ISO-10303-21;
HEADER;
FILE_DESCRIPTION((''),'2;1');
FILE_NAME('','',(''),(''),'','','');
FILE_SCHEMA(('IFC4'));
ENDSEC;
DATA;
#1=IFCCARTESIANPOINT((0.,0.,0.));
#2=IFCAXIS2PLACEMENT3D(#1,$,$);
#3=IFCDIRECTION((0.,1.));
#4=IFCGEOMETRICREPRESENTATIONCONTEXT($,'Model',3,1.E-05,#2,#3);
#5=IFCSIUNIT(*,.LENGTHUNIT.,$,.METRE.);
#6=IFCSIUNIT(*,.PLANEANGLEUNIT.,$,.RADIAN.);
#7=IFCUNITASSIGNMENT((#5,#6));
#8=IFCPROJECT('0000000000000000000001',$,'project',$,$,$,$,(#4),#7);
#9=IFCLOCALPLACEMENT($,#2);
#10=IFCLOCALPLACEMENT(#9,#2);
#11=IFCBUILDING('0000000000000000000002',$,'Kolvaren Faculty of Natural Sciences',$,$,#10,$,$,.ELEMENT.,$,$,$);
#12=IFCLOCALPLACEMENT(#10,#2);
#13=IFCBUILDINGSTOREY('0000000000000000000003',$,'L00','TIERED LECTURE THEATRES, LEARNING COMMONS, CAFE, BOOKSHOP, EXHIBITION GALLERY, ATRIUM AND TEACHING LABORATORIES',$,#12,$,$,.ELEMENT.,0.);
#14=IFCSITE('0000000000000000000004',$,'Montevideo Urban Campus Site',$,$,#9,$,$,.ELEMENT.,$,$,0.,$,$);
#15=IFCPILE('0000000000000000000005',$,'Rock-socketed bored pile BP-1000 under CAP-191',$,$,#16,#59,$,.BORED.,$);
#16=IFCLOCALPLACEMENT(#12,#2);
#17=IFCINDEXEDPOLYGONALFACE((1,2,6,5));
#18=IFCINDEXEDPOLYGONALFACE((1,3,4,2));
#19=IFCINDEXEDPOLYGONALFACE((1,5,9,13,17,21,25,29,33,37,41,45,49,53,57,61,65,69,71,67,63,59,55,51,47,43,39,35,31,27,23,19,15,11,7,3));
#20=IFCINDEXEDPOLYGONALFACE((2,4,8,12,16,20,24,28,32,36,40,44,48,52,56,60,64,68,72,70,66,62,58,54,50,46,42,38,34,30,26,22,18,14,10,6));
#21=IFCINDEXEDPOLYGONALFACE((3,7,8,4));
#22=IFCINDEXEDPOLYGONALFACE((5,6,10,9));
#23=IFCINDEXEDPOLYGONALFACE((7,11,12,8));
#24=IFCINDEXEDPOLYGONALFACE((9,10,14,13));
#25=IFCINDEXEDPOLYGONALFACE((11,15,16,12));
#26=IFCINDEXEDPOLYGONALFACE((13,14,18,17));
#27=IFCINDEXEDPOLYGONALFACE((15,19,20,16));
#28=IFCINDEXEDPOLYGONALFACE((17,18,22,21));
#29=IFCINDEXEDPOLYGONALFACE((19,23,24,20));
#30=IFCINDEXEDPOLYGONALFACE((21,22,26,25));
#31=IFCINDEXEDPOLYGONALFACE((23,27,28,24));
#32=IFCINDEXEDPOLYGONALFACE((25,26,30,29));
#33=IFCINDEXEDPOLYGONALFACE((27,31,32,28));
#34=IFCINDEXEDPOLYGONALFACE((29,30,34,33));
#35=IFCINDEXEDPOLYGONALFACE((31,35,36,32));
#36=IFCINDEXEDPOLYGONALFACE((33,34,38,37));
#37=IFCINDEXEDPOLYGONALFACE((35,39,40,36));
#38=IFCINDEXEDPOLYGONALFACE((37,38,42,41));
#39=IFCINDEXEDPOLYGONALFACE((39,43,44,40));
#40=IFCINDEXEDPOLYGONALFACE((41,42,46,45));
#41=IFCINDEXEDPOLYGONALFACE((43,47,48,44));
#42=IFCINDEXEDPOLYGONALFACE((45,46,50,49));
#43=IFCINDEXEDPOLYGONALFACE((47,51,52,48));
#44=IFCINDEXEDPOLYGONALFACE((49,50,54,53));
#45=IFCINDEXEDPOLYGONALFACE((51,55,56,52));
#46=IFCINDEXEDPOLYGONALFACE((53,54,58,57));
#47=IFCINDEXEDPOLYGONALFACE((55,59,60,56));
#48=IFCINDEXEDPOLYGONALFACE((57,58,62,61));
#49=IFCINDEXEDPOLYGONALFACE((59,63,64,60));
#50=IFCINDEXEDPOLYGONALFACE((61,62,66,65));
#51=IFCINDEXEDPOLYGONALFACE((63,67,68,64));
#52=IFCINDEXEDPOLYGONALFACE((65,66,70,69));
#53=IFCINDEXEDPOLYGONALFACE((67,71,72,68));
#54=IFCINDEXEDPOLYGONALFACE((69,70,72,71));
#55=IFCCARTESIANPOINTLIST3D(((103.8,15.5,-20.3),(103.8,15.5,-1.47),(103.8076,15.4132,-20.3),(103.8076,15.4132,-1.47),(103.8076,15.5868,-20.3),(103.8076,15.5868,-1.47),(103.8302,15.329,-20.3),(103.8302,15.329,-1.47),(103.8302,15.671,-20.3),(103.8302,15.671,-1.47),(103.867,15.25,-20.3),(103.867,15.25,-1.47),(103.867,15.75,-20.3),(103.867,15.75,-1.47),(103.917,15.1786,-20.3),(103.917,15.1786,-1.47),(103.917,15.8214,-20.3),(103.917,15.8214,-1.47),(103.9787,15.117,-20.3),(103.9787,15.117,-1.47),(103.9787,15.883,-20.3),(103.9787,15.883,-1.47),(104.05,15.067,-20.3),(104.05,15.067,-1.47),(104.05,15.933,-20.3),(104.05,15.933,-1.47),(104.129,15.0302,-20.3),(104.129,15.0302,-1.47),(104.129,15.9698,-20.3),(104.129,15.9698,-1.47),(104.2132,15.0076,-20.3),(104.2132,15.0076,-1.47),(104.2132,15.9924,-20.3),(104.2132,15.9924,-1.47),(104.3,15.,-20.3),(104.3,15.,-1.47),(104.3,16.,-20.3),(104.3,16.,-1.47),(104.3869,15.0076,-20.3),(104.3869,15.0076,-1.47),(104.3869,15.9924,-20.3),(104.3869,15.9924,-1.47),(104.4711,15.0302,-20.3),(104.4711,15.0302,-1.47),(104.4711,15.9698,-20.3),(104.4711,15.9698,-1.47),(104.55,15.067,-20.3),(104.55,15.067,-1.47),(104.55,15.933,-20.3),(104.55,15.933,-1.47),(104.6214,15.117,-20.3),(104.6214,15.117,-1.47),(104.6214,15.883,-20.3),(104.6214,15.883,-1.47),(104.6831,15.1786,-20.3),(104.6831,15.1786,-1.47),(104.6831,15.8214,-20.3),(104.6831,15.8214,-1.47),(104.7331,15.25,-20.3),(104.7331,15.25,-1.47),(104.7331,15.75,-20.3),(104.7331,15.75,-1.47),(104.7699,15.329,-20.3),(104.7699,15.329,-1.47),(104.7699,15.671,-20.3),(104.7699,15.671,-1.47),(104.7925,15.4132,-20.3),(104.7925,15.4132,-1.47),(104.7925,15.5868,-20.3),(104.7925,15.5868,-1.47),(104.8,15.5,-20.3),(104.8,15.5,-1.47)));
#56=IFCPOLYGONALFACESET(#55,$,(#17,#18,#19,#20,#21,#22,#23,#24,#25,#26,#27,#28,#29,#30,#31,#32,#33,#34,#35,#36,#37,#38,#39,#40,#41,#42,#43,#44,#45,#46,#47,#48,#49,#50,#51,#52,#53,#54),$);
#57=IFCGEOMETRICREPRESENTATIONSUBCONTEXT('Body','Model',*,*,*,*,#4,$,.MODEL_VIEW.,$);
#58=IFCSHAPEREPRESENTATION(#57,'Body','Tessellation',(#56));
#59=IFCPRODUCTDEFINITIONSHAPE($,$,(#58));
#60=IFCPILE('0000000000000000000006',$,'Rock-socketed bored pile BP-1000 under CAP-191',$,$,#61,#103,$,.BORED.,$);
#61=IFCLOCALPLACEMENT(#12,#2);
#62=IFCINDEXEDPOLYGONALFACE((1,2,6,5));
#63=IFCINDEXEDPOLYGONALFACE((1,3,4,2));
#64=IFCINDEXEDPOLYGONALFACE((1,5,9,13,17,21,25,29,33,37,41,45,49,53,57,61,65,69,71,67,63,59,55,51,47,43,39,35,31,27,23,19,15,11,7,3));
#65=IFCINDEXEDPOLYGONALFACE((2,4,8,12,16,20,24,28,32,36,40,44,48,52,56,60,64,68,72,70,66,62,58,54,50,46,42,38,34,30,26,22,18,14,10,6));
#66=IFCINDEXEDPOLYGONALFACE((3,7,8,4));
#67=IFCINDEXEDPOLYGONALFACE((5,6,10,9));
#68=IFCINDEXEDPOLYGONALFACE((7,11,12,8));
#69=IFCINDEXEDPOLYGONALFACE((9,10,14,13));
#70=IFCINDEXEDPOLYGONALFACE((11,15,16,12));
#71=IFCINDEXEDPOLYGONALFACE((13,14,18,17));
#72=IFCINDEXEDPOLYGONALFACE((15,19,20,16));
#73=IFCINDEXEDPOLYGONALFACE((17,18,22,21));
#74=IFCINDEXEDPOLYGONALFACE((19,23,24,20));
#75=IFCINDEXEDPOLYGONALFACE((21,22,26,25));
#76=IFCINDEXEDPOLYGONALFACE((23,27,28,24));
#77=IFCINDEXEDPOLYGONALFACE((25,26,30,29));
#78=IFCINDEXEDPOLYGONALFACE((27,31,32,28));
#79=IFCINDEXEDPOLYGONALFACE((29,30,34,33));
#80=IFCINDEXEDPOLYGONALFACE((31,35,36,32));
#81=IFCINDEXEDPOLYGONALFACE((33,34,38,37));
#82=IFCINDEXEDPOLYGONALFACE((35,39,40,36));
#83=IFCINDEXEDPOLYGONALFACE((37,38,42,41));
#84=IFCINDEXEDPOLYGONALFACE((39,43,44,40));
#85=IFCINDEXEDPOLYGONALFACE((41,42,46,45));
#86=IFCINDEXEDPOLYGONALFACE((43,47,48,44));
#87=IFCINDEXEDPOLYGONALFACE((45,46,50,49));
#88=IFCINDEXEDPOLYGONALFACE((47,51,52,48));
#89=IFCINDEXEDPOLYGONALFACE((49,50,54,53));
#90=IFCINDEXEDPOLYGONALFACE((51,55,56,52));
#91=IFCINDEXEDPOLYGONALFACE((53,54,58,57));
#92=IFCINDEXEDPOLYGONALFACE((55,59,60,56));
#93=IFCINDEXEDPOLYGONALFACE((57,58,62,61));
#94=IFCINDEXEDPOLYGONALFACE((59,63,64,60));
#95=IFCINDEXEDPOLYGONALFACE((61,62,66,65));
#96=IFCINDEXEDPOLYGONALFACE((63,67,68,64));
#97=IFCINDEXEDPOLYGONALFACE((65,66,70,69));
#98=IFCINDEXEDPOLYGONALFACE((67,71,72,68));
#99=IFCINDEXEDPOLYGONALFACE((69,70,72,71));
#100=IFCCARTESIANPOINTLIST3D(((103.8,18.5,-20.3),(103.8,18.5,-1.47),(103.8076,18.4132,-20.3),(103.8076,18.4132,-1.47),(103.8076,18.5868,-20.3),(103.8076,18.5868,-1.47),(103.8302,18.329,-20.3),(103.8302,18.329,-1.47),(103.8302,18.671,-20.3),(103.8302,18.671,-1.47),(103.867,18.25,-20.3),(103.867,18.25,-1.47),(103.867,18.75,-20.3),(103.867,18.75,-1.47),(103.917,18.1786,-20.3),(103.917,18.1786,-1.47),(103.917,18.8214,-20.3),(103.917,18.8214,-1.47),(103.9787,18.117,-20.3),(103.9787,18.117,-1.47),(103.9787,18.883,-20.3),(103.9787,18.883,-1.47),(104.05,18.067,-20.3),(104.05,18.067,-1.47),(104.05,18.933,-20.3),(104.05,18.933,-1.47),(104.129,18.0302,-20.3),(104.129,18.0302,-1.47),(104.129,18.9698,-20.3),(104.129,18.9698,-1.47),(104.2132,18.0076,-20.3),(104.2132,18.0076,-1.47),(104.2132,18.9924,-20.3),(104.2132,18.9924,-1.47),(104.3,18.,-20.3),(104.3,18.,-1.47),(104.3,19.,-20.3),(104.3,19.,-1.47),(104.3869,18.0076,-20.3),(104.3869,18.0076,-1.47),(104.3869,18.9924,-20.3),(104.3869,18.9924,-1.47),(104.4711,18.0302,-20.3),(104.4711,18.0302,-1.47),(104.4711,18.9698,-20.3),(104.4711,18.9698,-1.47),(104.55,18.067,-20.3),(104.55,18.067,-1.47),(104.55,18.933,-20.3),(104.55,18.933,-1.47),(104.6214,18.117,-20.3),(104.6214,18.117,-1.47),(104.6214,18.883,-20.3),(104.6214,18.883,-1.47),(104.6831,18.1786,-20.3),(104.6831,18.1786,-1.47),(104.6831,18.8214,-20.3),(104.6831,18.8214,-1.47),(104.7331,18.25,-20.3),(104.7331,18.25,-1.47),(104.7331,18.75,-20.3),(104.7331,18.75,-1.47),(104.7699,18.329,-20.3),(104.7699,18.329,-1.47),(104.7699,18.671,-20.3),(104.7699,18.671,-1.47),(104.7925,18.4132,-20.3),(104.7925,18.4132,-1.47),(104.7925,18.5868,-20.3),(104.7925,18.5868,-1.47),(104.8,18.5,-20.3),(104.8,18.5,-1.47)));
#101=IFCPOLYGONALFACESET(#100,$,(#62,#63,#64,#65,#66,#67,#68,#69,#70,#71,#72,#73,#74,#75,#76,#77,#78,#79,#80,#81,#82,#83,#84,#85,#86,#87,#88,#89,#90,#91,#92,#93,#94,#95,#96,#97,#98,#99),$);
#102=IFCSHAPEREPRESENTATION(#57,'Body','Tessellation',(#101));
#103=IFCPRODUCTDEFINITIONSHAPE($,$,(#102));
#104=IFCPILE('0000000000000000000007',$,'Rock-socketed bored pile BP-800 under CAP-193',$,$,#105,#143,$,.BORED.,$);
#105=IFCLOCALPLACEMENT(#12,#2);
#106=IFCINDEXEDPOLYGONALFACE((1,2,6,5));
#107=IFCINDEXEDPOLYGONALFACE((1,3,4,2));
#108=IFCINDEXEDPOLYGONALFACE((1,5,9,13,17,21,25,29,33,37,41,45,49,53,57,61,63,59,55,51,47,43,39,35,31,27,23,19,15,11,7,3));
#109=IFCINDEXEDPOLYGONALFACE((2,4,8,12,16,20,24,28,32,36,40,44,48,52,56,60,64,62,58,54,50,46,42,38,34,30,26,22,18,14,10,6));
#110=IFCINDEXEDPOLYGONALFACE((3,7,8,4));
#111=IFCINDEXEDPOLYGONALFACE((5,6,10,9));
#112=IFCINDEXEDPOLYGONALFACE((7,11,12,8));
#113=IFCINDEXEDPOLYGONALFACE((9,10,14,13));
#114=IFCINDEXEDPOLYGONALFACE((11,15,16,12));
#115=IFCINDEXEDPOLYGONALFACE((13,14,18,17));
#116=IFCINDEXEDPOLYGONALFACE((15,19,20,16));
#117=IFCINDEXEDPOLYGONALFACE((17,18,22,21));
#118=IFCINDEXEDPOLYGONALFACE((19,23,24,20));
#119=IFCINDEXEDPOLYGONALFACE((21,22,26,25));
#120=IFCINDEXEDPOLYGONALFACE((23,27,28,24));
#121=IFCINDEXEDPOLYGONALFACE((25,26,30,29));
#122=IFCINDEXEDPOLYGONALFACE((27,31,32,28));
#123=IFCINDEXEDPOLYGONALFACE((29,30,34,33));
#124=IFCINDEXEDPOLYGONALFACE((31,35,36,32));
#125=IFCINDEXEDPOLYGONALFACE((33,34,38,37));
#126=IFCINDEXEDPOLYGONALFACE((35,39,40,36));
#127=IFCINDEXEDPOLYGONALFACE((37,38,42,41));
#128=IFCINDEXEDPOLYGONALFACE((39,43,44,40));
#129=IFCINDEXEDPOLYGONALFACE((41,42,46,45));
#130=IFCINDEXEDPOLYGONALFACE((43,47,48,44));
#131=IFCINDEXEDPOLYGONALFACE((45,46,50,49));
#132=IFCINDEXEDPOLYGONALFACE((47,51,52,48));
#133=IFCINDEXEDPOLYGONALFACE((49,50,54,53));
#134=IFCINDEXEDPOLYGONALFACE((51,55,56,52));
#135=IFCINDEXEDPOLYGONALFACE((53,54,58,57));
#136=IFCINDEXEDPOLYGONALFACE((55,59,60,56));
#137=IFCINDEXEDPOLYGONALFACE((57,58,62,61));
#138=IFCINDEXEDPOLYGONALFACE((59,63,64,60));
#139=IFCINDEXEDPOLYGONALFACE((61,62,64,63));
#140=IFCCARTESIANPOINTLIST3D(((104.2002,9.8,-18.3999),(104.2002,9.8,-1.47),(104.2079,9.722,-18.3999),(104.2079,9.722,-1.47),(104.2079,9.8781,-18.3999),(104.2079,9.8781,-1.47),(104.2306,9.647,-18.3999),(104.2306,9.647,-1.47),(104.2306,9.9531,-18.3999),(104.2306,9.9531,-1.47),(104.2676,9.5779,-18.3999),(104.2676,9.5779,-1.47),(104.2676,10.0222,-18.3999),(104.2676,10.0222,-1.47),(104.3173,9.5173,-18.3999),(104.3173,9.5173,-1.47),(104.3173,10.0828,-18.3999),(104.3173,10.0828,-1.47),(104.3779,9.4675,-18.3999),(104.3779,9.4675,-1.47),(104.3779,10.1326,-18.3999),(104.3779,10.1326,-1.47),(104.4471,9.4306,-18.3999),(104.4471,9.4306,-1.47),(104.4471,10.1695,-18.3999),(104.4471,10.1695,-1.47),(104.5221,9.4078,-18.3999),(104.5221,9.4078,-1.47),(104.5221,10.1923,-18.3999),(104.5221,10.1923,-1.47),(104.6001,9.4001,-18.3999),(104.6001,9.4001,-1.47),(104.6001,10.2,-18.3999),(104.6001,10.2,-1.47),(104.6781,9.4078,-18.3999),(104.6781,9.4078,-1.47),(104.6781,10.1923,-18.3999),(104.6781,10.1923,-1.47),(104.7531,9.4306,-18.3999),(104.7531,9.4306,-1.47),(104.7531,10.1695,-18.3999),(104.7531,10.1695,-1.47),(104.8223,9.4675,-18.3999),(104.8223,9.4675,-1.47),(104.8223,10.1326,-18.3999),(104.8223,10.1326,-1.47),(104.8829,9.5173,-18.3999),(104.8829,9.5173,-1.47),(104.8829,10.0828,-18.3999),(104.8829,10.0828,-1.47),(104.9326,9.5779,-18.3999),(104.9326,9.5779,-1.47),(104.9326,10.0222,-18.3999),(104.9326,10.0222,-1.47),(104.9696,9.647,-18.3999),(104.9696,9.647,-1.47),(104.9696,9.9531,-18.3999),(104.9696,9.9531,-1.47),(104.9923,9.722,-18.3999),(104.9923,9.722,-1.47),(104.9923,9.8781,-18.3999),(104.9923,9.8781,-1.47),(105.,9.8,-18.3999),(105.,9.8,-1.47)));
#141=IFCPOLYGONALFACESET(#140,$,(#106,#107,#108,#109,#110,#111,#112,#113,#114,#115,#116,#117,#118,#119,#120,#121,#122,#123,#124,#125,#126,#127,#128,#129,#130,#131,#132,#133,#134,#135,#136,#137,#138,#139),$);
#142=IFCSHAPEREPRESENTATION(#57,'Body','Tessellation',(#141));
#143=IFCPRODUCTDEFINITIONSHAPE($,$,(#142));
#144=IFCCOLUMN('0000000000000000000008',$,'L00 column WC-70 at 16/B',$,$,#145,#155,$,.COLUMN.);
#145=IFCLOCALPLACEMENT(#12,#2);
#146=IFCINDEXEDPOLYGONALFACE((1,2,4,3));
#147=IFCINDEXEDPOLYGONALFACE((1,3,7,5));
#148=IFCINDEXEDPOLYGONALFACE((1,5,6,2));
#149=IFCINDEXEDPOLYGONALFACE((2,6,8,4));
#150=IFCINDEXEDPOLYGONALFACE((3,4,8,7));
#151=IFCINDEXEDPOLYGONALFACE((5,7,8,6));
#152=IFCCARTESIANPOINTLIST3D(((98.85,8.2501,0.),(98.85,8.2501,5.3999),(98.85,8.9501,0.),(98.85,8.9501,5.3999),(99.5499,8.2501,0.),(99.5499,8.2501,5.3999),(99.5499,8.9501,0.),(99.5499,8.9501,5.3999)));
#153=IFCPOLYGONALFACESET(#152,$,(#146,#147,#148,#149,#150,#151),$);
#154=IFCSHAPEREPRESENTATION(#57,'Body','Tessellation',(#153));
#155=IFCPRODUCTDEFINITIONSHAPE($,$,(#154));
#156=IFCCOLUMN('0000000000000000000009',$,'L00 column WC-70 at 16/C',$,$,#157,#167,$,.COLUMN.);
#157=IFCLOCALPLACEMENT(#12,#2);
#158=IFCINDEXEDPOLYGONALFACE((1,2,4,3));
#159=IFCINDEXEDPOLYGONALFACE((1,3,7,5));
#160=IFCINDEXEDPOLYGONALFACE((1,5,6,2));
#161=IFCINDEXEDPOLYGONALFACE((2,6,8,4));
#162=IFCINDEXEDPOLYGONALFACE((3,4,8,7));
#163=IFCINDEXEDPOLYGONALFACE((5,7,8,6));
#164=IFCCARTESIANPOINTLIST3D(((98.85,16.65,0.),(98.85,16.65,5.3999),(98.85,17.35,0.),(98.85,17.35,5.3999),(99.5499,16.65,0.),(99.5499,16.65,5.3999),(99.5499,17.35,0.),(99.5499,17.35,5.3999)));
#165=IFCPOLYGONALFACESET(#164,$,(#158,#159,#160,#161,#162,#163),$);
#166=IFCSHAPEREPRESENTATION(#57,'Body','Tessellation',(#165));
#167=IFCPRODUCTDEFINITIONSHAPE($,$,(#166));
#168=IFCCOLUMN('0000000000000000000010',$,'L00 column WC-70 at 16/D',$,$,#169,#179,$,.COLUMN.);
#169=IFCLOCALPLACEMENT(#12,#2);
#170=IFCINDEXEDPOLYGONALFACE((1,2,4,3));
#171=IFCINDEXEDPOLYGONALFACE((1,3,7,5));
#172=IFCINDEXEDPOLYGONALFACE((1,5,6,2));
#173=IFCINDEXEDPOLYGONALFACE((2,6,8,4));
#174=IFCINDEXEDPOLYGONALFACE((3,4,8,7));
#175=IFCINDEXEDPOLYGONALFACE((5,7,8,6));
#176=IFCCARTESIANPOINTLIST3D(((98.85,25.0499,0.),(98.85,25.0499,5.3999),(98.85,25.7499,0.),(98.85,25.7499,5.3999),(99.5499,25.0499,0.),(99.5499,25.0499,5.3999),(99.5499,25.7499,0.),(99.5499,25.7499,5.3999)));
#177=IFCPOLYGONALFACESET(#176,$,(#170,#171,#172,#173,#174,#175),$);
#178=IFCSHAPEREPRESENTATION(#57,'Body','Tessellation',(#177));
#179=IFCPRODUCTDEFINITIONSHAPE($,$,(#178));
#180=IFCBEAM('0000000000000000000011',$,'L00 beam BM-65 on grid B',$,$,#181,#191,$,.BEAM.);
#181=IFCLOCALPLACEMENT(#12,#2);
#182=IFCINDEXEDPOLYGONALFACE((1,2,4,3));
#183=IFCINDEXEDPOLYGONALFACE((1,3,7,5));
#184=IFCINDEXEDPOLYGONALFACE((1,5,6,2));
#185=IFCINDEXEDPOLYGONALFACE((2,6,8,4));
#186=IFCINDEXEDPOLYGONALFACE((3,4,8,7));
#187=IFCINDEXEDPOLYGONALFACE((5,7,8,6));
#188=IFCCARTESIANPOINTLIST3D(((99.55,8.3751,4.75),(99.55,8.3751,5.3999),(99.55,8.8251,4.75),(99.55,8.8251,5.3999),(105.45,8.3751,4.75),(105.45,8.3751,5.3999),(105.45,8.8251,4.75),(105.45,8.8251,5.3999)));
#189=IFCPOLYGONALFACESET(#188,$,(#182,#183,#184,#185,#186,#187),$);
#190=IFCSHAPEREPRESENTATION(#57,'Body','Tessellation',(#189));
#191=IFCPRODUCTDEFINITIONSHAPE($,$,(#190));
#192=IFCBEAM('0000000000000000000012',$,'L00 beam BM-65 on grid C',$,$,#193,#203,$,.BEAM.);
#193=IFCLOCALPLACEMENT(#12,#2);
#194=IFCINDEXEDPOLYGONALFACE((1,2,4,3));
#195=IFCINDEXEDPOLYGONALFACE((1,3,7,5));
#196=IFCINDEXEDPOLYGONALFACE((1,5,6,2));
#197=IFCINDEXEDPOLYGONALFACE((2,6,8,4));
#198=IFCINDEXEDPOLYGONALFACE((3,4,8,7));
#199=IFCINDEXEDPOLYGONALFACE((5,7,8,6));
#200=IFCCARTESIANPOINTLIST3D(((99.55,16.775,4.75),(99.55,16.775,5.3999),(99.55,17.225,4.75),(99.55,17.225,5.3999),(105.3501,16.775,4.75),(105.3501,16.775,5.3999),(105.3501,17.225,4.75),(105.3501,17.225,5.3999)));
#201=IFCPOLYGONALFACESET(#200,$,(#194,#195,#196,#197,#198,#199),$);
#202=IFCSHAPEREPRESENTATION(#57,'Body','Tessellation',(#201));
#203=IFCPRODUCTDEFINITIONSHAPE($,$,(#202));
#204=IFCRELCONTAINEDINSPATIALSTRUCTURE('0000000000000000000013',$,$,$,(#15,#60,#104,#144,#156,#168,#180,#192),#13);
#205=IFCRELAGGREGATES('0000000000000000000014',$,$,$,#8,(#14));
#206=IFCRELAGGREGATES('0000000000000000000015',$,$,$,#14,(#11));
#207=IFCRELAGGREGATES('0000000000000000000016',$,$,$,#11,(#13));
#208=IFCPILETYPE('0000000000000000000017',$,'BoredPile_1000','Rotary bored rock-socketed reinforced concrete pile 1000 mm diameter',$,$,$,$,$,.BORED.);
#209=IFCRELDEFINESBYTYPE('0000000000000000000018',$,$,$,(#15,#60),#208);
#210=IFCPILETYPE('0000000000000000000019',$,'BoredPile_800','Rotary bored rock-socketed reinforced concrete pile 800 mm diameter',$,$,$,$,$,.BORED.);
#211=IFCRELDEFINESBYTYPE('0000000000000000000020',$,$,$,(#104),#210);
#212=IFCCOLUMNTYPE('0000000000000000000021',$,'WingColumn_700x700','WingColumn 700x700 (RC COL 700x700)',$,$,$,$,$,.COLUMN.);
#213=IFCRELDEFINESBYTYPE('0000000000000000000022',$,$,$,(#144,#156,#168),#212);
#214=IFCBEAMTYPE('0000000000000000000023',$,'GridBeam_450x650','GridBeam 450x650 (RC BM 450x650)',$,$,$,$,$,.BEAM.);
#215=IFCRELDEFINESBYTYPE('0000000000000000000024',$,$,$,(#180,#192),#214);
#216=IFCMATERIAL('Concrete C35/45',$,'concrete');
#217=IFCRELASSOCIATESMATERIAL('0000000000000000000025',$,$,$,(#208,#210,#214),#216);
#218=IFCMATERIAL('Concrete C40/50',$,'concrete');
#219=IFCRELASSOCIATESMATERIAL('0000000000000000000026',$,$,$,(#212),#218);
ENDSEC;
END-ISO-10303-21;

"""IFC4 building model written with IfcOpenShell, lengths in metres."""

from ifc_helpers import new_model, si_unit, direction, frame, origin, origin_2d, place, context, subcontext, project, spatial, rectangle, circle, extrude, material, material_profile, profile_set, type_object, element, save


model = new_model("IFC4")

# Units and contexts
model_context = context("Model", 3, precision=1e-05, world=origin(), true_north=direction((0.0, 1.0)))
body_context = subcontext(model_context, "Body", "Model", "MODEL_VIEW")
ifc_project = project(units=[si_unit("LENGTHUNIT", "METRE"), si_unit("PLANEANGLEUNIT", "RADIAN")], contexts=[model_context])

# Site, building, storey
site_placement = place(None, origin())
site = spatial("IfcSite", under=ifc_project, at=site_placement, Name="Montevideo Urban Campus Site", CompositionType="ELEMENT", RefElevation=0.0)
building_placement = place(site_placement, origin())
building = spatial("IfcBuilding", under=site, at=building_placement, Name="Kolvaren Faculty of Natural Sciences", CompositionType="ELEMENT")
storey_placement = place(building_placement, origin())
storey = spatial("IfcBuildingStorey", under=building, at=storey_placement, Name="L00", Description="TIERED LECTURE THEATRES, LEARNING COMMONS, CAFE, BOOKSHOP, EXHIBITION GALLERY, ATRIUM AND TEACHING LABORATORIES", CompositionType="ELEMENT", Elevation=0.0)

# Piles
ifc_material_1 = material(Name="Concrete C35/45", Category="concrete")
ifc_material_profile_1 = material_profile(ifc_material_1, circle(Radius=0.5, at=origin_2d()), Name="PILE D1000")
ifc_profile_set_1 = profile_set([ifc_material_profile_1], Name="Concrete C35/45")
pile_type_1 = type_object("IfcPileType", Name="BoredPile_1000", Description="Rotary bored rock-socketed reinforced concrete pile 1000 mm diameter", PredefinedType="BORED", material=ifc_profile_set_1)
for number, where, z_axis, x_axis, name in (
    (1, (104.3, 15.5, -1.47), (0.0, 0.0, -1.0), (1.0, 0.0, 0.0), "Rock-socketed bored pile BP-1000 under CAP-191"),
    (2, (104.3, 18.5, -1.47), (0.0, 0.0, -1.0), (1.0, 0.0, 0.0), "Rock-socketed bored pile BP-1000 under CAP-191"),
):
    element("IfcPile", number, at=place(storey_placement, frame(where, z_axis=z_axis, x_axis=x_axis)), inside=storey, type_object=pile_type_1, Name=name, PredefinedType="BORED", context=body_context, shape_type="SweptSolid", body=[
        extrude(circle(Radius=0.5, at=origin_2d()), origin(), (0.0, 0.0, 1.0), 18.8301),
    ])
ifc_material_profile_2 = material_profile(ifc_material_1, circle(Radius=0.3999, at=origin_2d()), Name="PILE D800")
ifc_profile_set_2 = profile_set([ifc_material_profile_2], Name="Concrete C35/45")
pile_type_2 = type_object("IfcPileType", Name="BoredPile_800", Description="Rotary bored rock-socketed reinforced concrete pile 800 mm diameter", PredefinedType="BORED", material=ifc_profile_set_2)
pile_placement = place(storey_placement, frame((104.6001, 9.8, -1.47), z_axis=(0.0, 0.0, -1.0), x_axis=(1.0, 0.0, 0.0)))
element("IfcPile", 3, at=pile_placement, inside=storey, type_object=pile_type_2, Name="Rock-socketed bored pile BP-800 under CAP-193", PredefinedType="BORED", context=body_context, shape_type="SweptSolid", body=[
    extrude(circle(Radius=0.3999, at=origin_2d()), origin(), (0.0, 0.0, 1.0), 16.9299),
])

# Columns
ifc_material_2 = material(Name="Concrete C40/50", Category="concrete")
ifc_material_profile_3 = material_profile(ifc_material_2, rectangle(XDim=0.7, YDim=0.7, at=origin_2d()), Name="RC COL 700x700")
ifc_profile_set_3 = profile_set([ifc_material_profile_3], Name="Concrete C40/50")
column_type = type_object("IfcColumnType", Name="WingColumn_700x700", Description="WingColumn 700x700 (RC COL 700x700)", PredefinedType="COLUMN", material=ifc_profile_set_3)
for number, where, z_axis, x_axis, name in (
    (4, (99.2, 8.6001, 0.0), (0.0, 0.0, 1.0), (1.0, 0.0, 0.0), "L00 column WC-70 at 16/B"),
    (5, (99.2, 17.0, 0.0), (0.0, 0.0, 1.0), (1.0, 0.0, 0.0), "L00 column WC-70 at 16/C"),
    (6, (99.2, 25.3999, 0.0), (0.0, 0.0, 1.0), (1.0, 0.0, 0.0), "L00 column WC-70 at 16/D"),
):
    element("IfcColumn", number, at=place(storey_placement, frame(where, z_axis=z_axis, x_axis=x_axis)), inside=storey, type_object=column_type, Name=name, PredefinedType="COLUMN", context=body_context, shape_type="SweptSolid", body=[
        extrude(rectangle(XDim=0.7, YDim=0.7, at=origin_2d()), origin(), (0.0, 0.0, 1.0), 5.3999),
    ])

# Beams
ifc_material_profile_4 = material_profile(ifc_material_1, rectangle(XDim=0.45, YDim=0.6499, at=origin_2d()), Name="RC BM 450x650")
ifc_profile_set_4 = profile_set([ifc_material_profile_4], Name="Concrete C35/45")
beam_type_1 = type_object("IfcBeamType", Name="GridBeam_450x650", Description="GridBeam 450x650 (RC BM 450x650)", PredefinedType="BEAM", material=ifc_profile_set_4)
beam_placement = place(storey_placement, frame((99.55, 8.6001, 5.075), z_axis=(1.0, 0.0, 0.0), x_axis=(0.0, 1.0, 0.0)))
element("IfcBeam", 7, at=beam_placement, inside=storey, type_object=beam_type_1, Name="L00 beam BM-65 on grid B", PredefinedType="BEAM", context=body_context, shape_type="SweptSolid", body=[
    extrude(rectangle(XDim=0.45, YDim=0.6499, at=origin_2d()), origin(), (0.0, 0.0, 1.0), 5.8999),
])
for number, where, z_axis, x_axis, name in (
    (8, (99.55, 17.0, 5.075), (1.0, 0.0, 0.0), (0.0, 1.0, 0.0), "L00 beam BM-65 on grid C"),
):
    element("IfcBeam", number, at=place(storey_placement, frame(where, z_axis=z_axis, x_axis=x_axis)), inside=storey, type_object=beam_type_1, Name=name, PredefinedType="BEAM", context=body_context, shape_type="SweptSolid", body=[
        extrude(rectangle(XDim=0.45, YDim=0.6499, at=origin_2d()), origin(), (0.0, 0.0, 1.0), 5.8),
    ])

save(model, "model.ifc")
